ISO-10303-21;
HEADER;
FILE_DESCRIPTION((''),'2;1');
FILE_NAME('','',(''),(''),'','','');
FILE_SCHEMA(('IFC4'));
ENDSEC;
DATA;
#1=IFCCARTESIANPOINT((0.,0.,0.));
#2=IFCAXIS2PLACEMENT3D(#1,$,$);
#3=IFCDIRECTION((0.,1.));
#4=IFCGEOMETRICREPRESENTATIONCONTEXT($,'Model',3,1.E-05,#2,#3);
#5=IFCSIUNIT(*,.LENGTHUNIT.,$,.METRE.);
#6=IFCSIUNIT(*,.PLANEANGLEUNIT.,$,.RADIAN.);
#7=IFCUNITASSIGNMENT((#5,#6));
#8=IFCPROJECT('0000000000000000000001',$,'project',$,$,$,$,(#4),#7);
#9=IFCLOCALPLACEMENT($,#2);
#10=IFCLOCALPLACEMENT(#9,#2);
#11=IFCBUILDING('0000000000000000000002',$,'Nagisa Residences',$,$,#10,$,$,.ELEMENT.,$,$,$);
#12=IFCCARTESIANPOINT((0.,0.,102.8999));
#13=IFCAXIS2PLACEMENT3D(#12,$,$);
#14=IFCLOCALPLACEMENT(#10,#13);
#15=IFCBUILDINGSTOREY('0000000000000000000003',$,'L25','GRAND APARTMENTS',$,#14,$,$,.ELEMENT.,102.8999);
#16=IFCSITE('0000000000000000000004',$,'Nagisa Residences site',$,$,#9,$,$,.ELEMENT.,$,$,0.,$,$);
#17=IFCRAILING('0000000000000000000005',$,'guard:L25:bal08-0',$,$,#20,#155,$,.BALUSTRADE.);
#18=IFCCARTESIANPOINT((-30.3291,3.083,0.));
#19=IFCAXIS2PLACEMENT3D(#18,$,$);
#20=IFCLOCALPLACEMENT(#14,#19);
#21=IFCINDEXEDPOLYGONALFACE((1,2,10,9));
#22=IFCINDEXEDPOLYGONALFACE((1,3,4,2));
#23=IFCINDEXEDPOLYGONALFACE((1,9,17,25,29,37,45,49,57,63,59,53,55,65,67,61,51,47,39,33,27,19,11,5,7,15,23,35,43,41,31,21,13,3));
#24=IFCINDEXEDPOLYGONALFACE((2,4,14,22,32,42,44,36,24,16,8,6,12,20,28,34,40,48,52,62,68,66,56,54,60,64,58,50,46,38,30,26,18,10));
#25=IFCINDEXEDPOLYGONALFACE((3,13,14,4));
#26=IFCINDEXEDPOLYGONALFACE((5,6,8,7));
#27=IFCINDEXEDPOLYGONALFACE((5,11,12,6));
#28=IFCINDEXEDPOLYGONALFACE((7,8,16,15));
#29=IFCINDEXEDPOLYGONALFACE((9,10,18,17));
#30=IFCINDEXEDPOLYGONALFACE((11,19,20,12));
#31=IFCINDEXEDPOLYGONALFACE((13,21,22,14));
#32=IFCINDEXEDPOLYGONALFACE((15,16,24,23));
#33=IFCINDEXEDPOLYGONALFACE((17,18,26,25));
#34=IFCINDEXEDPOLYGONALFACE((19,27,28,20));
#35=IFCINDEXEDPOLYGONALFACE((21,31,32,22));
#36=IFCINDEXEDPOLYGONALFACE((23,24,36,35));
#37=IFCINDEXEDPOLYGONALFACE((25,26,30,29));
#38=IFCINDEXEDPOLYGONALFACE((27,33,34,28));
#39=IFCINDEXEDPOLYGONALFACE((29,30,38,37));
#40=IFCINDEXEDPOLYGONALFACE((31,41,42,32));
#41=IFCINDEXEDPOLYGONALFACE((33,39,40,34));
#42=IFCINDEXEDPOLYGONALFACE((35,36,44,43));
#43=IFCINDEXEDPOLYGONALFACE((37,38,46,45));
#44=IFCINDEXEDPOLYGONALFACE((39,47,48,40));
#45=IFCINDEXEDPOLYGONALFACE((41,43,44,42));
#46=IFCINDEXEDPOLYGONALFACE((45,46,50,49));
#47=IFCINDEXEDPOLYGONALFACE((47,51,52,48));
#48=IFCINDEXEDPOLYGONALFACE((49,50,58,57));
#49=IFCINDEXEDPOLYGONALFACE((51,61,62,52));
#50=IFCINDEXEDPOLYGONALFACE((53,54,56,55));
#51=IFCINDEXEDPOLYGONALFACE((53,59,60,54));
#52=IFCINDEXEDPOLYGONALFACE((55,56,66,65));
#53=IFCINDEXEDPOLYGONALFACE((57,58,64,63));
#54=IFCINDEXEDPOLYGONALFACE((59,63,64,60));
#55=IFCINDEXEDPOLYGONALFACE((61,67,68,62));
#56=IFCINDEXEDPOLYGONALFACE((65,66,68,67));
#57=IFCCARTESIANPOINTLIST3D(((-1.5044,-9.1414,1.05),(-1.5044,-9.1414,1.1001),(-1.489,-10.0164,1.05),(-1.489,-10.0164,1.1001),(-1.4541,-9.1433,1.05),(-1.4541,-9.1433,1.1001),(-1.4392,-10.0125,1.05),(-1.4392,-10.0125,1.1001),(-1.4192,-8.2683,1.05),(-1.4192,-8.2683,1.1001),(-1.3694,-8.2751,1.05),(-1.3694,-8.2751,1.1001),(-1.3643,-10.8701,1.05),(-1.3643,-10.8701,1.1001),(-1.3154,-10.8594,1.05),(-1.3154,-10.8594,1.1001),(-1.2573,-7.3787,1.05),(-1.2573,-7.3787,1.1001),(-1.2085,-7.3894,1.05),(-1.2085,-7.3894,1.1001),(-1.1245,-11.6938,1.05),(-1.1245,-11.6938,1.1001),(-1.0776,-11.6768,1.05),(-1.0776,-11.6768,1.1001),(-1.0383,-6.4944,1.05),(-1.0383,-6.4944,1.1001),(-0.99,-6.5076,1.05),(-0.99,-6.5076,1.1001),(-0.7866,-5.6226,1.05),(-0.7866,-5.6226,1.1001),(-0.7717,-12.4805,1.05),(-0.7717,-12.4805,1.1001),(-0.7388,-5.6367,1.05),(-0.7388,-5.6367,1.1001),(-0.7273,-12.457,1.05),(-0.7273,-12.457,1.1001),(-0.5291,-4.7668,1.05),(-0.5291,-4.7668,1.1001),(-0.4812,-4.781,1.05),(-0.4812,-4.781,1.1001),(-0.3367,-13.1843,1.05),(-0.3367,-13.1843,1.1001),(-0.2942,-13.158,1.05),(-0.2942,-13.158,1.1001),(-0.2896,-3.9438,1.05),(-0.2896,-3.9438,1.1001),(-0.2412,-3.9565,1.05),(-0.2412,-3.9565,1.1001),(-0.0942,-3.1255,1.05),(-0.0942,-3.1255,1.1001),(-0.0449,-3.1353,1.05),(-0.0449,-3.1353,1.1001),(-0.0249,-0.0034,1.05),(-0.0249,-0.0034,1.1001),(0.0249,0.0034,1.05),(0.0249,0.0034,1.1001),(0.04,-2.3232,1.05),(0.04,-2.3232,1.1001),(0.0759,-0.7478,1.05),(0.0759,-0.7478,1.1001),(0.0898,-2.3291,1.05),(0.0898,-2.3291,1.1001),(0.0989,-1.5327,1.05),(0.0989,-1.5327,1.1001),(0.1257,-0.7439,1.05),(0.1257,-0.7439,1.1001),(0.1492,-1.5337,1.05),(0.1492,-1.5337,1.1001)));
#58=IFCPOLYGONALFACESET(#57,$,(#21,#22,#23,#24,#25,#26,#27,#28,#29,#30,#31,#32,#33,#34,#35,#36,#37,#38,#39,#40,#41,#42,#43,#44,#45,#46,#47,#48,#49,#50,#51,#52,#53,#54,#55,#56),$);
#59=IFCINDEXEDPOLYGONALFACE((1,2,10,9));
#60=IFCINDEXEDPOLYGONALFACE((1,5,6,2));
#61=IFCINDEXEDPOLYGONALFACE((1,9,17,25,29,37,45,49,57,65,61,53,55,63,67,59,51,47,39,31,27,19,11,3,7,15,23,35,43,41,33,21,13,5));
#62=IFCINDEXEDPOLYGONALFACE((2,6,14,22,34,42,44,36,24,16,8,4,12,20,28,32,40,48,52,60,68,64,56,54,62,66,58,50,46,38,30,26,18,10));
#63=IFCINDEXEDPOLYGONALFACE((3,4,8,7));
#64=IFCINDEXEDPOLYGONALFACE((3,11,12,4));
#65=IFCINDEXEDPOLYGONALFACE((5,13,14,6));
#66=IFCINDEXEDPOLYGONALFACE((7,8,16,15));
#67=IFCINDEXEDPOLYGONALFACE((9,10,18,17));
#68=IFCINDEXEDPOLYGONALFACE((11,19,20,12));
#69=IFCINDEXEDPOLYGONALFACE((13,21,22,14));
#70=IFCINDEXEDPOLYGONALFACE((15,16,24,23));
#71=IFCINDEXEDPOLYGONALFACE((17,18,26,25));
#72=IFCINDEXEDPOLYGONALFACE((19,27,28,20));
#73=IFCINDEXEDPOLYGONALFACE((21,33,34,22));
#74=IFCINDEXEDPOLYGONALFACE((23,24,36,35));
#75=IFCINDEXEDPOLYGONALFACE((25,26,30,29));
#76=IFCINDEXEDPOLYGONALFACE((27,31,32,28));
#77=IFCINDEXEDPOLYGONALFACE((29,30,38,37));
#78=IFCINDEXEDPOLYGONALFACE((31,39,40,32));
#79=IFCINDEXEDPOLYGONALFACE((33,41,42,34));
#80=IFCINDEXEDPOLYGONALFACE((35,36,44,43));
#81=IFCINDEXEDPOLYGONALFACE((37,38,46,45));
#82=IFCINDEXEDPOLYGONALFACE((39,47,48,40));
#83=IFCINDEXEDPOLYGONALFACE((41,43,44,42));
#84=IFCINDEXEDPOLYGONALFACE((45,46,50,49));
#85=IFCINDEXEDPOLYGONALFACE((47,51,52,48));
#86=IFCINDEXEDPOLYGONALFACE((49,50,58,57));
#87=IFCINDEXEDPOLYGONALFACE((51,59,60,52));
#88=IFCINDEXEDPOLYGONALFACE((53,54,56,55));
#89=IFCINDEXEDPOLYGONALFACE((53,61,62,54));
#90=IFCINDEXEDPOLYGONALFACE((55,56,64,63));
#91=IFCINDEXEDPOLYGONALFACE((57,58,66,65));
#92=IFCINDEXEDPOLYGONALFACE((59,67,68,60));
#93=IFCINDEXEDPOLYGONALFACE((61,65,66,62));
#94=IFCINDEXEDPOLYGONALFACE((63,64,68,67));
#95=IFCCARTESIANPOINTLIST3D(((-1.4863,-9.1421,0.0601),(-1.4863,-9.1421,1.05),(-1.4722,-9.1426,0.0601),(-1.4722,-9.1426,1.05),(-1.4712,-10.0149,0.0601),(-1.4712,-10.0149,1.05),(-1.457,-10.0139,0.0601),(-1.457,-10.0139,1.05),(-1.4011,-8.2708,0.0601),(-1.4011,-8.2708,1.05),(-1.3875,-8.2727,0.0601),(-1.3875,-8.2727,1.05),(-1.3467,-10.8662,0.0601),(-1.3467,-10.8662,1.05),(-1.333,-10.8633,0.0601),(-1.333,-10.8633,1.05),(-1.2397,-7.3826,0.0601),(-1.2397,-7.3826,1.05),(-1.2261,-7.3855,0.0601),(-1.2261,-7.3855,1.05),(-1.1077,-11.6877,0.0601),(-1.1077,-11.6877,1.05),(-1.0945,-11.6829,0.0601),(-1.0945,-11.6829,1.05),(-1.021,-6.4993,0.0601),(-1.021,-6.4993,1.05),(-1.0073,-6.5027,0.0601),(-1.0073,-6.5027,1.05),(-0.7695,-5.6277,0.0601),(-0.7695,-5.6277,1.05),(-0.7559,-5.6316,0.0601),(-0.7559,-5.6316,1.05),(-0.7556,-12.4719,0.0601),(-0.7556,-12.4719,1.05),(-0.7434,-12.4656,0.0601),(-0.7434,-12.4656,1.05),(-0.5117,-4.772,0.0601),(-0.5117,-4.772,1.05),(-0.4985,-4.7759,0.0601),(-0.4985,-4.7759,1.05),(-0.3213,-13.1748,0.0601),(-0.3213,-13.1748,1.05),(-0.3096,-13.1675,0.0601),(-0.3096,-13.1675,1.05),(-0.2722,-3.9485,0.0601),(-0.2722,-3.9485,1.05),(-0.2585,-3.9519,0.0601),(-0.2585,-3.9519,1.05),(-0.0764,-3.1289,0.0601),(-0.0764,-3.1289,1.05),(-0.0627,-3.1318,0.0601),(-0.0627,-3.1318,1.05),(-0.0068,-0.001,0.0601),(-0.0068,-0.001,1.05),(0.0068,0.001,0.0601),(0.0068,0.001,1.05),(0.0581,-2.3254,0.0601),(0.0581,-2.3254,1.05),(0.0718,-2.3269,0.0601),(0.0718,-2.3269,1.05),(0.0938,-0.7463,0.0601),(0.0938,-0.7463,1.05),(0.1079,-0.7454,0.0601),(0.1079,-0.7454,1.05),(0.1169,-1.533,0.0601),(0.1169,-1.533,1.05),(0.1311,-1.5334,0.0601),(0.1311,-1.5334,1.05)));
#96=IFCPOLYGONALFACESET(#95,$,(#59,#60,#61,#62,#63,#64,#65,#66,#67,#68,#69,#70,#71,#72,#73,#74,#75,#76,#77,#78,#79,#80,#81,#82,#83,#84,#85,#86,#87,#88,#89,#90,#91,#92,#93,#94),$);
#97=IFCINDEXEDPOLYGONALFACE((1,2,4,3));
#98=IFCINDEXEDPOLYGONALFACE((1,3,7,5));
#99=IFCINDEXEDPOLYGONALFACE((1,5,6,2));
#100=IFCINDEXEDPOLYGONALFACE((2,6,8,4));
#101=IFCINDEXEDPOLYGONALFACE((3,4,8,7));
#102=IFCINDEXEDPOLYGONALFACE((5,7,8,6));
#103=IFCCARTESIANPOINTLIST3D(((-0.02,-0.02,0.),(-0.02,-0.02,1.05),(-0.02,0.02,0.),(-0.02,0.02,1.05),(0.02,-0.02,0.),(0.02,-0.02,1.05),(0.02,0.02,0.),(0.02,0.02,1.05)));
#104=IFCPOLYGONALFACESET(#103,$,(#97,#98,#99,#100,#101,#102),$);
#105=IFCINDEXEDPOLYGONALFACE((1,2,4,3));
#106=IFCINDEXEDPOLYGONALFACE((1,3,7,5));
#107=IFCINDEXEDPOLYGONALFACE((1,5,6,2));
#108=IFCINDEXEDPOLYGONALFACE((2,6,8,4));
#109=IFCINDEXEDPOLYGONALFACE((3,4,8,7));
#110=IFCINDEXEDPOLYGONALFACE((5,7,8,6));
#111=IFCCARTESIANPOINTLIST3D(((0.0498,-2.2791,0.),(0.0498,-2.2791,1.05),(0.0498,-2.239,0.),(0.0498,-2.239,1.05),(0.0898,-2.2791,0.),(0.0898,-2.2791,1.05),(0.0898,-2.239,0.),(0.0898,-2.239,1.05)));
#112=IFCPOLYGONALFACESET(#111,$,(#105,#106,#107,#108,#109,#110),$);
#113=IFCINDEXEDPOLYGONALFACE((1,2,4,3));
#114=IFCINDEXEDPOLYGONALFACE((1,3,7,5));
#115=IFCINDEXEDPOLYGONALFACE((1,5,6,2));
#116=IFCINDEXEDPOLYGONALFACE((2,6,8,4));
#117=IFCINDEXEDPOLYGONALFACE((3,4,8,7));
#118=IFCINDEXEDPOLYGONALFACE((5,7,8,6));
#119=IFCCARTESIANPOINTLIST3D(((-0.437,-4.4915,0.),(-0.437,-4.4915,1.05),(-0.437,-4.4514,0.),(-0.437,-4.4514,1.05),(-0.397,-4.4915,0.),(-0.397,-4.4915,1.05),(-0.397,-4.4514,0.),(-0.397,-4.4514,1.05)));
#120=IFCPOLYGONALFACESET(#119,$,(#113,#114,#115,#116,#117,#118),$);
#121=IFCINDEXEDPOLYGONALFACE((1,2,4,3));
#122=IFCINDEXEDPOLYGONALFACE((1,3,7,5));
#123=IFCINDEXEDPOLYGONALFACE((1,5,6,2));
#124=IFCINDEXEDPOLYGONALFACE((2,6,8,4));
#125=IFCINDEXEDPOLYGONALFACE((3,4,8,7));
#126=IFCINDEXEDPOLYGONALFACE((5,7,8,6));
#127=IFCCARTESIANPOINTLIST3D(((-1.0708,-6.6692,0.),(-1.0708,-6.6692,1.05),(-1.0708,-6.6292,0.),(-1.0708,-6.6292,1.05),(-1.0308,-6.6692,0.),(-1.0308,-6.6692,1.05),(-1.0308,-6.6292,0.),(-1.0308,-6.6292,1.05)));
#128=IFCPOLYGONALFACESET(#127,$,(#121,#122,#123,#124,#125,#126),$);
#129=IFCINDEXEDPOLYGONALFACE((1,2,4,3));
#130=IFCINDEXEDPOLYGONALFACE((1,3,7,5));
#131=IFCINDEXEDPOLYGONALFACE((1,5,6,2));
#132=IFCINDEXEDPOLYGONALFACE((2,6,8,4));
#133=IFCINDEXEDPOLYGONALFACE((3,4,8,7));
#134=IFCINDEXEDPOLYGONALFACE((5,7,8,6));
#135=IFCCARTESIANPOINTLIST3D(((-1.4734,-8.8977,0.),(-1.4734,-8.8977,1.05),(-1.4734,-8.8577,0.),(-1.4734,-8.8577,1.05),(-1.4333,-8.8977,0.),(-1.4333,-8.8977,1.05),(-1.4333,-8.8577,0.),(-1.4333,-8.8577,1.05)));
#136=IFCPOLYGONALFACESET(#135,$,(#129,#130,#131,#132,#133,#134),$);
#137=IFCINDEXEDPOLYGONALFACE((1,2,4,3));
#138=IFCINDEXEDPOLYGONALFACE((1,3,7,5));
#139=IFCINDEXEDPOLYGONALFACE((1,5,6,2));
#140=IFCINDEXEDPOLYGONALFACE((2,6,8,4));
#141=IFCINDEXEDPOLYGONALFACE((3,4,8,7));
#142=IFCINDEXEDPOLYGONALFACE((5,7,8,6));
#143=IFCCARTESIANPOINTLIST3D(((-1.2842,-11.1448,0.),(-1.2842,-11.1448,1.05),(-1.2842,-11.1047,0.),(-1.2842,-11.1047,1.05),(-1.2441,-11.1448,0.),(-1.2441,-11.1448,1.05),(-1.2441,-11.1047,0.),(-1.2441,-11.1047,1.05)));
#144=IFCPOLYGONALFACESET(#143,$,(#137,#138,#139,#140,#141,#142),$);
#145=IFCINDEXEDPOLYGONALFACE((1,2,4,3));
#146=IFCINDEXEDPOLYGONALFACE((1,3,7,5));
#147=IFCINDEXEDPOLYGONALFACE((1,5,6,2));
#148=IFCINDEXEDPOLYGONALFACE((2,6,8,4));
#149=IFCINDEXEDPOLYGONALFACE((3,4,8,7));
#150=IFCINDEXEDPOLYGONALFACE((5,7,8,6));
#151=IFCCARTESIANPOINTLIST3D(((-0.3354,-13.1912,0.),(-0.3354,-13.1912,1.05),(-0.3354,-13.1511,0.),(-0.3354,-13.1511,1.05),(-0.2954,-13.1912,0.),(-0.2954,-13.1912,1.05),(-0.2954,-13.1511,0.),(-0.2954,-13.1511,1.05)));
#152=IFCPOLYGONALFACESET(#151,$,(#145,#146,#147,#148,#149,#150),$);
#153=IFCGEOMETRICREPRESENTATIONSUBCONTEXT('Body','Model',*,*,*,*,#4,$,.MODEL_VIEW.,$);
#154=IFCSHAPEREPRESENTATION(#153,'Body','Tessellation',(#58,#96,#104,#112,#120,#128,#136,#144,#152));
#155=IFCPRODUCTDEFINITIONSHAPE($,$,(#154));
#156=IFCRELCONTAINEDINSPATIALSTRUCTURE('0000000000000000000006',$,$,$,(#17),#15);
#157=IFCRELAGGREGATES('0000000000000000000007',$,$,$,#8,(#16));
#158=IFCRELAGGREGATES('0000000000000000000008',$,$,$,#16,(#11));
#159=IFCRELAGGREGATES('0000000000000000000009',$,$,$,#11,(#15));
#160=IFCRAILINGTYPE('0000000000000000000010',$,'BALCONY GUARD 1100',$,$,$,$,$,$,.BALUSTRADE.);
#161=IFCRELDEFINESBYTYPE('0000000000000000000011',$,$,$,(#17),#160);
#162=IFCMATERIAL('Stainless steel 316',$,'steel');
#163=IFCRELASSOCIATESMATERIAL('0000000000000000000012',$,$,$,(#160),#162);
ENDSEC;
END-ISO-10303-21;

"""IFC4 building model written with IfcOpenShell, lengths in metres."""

from ifc_helpers import new_model, si_unit, direction, frame, origin, origin_2d, place, context, subcontext, project, spatial, polyline, rectangle, outline, extrude, material, type_object, element, save


model = new_model("IFC4")

# Units and contexts
model_context = context("Model", 3, precision=1e-05, world=origin(), true_north=direction((0.0, 1.0)))
body_context = subcontext(model_context, "Body", "Model", "MODEL_VIEW")
ifc_project = project(units=[si_unit("LENGTHUNIT", "METRE"), si_unit("PLANEANGLEUNIT", "RADIAN")], contexts=[model_context])

# Site, building, storey
site_placement = place(None, origin())
site = spatial("IfcSite", under=ifc_project, at=site_placement, Name="Nagisa Residences site", CompositionType="ELEMENT", RefElevation=0.0)
building_placement = place(site_placement, origin())
building = spatial("IfcBuilding", under=site, at=building_placement, Name="Nagisa Residences", CompositionType="ELEMENT")
storey_placement = place(building_placement, frame((0.0, 0.0, 102.8999)))
storey = spatial("IfcBuildingStorey", under=building, at=storey_placement, Name="L25", Description="GRAND APARTMENTS", CompositionType="ELEMENT", Elevation=102.8999)

# Railing
ifc_material_1 = material(Name="Stainless steel 316", Category="steel")
railing_type = type_object("IfcRailingType", Name="BALCONY GUARD 1100", PredefinedType="BALUSTRADE", material=ifc_material_1)
railing_1_placement = place(storey_placement, frame((-30.3291, 3.083, 0.0)))
element("IfcRailing", 1, at=railing_1_placement, inside=storey, type_object=railing_type, Name="guard:L25:bal08-0", PredefinedType="BALUSTRADE", context=body_context, shape_type="SweptSolid", body=[
    extrude(outline(polyline([(0.1257, -0.7439), (0.0249, 0.0034), (-0.0249, -0.0034), (0.0759, -0.7478), (0.0989, -1.5327), (0.04, -2.3232), (-0.0942, -3.1255), (-0.2896, -3.9438), (-0.5291, -4.7668), (-0.7866, -5.6226), (-1.0383, -6.4944), (-1.2573, -7.3787), (-1.4192, -8.2683), (-1.5044, -9.1414), (-1.489, -10.0164), (-1.3643, -10.8701), (-1.1245, -11.6938), (-0.7717, -12.4805), (-0.3367, -13.1843), (-0.2942, -13.158), (-0.7273, -12.457), (-1.0776, -11.6768), (-1.3154, -10.8594), (-1.4392, -10.0125), (-1.4541, -9.1433), (-1.3694, -8.2751), (-1.2085, -7.3894), (-0.99, -6.5076), (-0.7388, -5.6367), (-0.4812, -4.781), (-0.2412, -3.9565), (-0.0449, -3.1353), (0.0898, -2.3291), (0.1492, -1.5337), (0.1257, -0.7439)])), frame((0.0, 0.0, 1.05)), (0.0, 0.0, 1.0), 0.05),
    extrude(outline(polyline([(0.1079, -0.7454), (0.0068, 0.001), (-0.0068, -0.001), (0.0938, -0.7463), (0.1169, -1.533), (0.0581, -2.3254), (-0.0764, -3.1289), (-0.2722, -3.9485), (-0.5117, -4.772), (-0.7695, -5.6277), (-1.021, -6.4993), (-1.2397, -7.3826), (-1.4011, -8.2708), (-1.4863, -9.1421), (-1.4712, -10.0149), (-1.3467, -10.8662), (-1.1077, -11.6877), (-0.7556, -12.4719), (-0.3213, -13.1748), (-0.3096, -13.1675), (-0.7434, -12.4656), (-1.0945, -11.6829), (-1.333, -10.8633), (-1.457, -10.0139), (-1.4722, -9.1426), (-1.3875, -8.2727), (-1.2261, -7.3855), (-1.0073, -6.5027), (-0.7559, -5.6316), (-0.4985, -4.7759), (-0.2585, -3.9519), (-0.0627, -3.1318), (0.0718, -2.3269), (0.1311, -1.5334), (0.1079, -0.7454)])), frame((0.0, 0.0, 0.0601)), (0.0, 0.0, 1.0), 0.99),
    extrude(rectangle(XDim=0.04, YDim=0.04, at=origin_2d()), origin(), (0.0, 0.0, 1.0), 1.05),
    extrude(rectangle(XDim=0.04, YDim=0.04, at=origin_2d()), frame((0.0698, -2.259, 0.0)), (0.0, 0.0, 1.0), 1.05),
    extrude(rectangle(XDim=0.04, YDim=0.04, at=origin_2d()), frame((-0.417, -4.4714, 0.0)), (0.0, 0.0, 1.0), 1.05),
    extrude(rectangle(XDim=0.04, YDim=0.04, at=origin_2d()), frame((-1.0508, -6.6492, 0.0)), (0.0, 0.0, 1.0), 1.05),
    extrude(rectangle(XDim=0.04, YDim=0.04, at=origin_2d()), frame((-1.4534, -8.8777, 0.0)), (0.0, 0.0, 1.0), 1.05),
    extrude(rectangle(XDim=0.04, YDim=0.04, at=origin_2d()), frame((-1.2642, -11.1248, 0.0)), (0.0, 0.0, 1.0), 1.05),
    extrude(rectangle(XDim=0.04, YDim=0.04, at=origin_2d()), frame((-0.3154, -13.1711, 0.0)), (0.0, 0.0, 1.0), 1.05),
])

save(model, "model.ifc")
